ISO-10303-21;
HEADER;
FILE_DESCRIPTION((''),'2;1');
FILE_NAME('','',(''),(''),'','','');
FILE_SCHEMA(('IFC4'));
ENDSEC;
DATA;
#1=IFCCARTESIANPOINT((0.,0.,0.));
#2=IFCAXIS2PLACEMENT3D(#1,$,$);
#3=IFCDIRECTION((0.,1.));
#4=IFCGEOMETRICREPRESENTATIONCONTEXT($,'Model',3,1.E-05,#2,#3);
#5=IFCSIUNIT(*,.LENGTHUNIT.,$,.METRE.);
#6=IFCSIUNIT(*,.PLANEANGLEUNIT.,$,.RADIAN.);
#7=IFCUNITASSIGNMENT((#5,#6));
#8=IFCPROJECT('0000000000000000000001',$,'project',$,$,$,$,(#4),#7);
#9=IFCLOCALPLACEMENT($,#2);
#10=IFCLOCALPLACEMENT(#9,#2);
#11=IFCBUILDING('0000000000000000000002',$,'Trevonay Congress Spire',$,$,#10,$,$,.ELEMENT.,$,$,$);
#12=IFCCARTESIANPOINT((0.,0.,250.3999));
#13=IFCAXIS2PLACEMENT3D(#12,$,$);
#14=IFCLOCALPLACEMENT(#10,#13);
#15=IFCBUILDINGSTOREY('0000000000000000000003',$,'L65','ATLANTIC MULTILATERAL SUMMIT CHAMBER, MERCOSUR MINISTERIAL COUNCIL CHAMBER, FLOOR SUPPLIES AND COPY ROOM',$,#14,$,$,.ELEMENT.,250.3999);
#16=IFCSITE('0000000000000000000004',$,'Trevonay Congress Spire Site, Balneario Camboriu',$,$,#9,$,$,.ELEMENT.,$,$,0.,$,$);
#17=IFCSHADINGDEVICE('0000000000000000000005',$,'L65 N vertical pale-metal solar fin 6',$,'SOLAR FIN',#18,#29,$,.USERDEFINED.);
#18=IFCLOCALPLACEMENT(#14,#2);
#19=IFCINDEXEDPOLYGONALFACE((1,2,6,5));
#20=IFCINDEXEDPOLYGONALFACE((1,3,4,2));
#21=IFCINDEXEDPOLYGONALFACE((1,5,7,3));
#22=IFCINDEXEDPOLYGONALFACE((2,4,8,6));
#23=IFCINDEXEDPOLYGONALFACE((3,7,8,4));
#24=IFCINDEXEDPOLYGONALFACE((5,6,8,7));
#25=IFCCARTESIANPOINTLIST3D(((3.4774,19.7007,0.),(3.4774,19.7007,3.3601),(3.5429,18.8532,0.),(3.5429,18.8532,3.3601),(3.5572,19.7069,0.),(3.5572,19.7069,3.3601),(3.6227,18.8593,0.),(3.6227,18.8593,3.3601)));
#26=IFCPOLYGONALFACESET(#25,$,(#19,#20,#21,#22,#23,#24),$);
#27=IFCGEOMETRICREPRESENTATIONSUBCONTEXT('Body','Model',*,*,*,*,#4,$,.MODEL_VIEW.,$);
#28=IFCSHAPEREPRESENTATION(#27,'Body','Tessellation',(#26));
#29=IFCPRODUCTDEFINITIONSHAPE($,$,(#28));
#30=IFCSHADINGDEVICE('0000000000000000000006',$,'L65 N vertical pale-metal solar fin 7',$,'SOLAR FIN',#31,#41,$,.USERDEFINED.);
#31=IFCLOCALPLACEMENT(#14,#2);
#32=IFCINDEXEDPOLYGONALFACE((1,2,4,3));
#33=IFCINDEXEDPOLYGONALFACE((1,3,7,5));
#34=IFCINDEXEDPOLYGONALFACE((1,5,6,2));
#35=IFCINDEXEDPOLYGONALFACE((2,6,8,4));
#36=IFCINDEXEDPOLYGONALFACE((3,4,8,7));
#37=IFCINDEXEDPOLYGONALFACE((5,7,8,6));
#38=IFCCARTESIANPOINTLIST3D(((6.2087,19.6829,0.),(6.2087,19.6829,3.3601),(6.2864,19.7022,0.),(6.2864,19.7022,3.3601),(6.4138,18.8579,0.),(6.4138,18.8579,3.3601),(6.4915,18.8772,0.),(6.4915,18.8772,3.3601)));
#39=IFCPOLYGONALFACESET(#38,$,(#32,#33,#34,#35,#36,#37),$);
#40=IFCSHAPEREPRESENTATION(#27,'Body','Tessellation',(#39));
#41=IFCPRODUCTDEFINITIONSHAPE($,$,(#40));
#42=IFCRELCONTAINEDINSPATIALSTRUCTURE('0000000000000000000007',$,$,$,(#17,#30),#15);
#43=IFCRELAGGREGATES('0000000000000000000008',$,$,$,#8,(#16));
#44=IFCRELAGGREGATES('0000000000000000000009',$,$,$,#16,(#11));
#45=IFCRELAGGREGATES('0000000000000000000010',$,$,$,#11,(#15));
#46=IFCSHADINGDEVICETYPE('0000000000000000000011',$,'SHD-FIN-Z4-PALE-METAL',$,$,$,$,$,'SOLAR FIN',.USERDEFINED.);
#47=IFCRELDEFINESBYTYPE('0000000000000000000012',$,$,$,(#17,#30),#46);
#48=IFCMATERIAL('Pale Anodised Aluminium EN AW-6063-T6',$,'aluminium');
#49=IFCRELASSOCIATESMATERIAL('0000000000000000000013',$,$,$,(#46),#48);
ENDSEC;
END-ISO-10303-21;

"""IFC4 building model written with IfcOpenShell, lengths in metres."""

from ifc_helpers import new_model, si_unit, direction, frame, origin, origin_2d, place, context, subcontext, project, spatial, rectangle, extrude, material, type_object, element, save


model = new_model("IFC4")

# Units and contexts
model_context = context("Model", 3, precision=1e-05, world=origin(), true_north=direction((0.0, 1.0)))
body_context = subcontext(model_context, "Body", "Model", "MODEL_VIEW")
ifc_project = project(units=[si_unit("LENGTHUNIT", "METRE"), si_unit("PLANEANGLEUNIT", "RADIAN")], contexts=[model_context])

# Site, building, storey
site_placement = place(None, origin())
site = spatial("IfcSite", under=ifc_project, at=site_placement, Name="Trevonay Congress Spire Site, Balneario Camboriu", CompositionType="ELEMENT", RefElevation=0.0)
building_placement = place(site_placement, origin())
building = spatial("IfcBuilding", under=site, at=building_placement, Name="Trevonay Congress Spire", CompositionType="ELEMENT")
storey_placement = place(building_placement, frame((0.0, 0.0, 250.3999)))
storey = spatial("IfcBuildingStorey", under=building, at=storey_placement, Name="L65", Description="ATLANTIC MULTILATERAL SUMMIT CHAMBER, MERCOSUR MINISTERIAL COUNCIL CHAMBER, FLOOR SUPPLIES AND COPY ROOM", CompositionType="ELEMENT", Elevation=250.3999)

# Shared definitions
ifc_material_1 = material(Name="Pale Anodised Aluminium EN AW-6063-T6", Category="aluminium")

# Shading devices
shading_device_type = type_object("IfcShadingDeviceType", Name="SHD-FIN-Z4-PALE-METAL", ElementType="SOLAR FIN", PredefinedType="USERDEFINED", material=ifc_material_1)
for number, where, z_axis, x_axis, name in (
    (1, (3.55, 19.28, 0.0), (0.0, 0.0, 1.0), (0.997026, 0.077067, 0.0), "L65 N vertical pale-metal solar fin 6"),
    (2, (6.3501, 19.28, 0.0), (0.0, 0.0, 1.0), (0.970464, 0.241244, 0.0), "L65 N vertical pale-metal solar fin 7"),
):
    element("IfcShadingDevice", number, at=place(storey_placement, frame(where, z_axis=z_axis, x_axis=x_axis)), inside=storey, type_object=shading_device_type, Name=name, ObjectType="SOLAR FIN", PredefinedType="USERDEFINED", context=body_context, shape_type="SweptSolid", body=[
        extrude(rectangle(XDim=0.0801, YDim=0.8501, at=origin_2d()), origin(), (0.0, 0.0, 1.0), 3.3601),
    ])

save(model, "model.ifc")
